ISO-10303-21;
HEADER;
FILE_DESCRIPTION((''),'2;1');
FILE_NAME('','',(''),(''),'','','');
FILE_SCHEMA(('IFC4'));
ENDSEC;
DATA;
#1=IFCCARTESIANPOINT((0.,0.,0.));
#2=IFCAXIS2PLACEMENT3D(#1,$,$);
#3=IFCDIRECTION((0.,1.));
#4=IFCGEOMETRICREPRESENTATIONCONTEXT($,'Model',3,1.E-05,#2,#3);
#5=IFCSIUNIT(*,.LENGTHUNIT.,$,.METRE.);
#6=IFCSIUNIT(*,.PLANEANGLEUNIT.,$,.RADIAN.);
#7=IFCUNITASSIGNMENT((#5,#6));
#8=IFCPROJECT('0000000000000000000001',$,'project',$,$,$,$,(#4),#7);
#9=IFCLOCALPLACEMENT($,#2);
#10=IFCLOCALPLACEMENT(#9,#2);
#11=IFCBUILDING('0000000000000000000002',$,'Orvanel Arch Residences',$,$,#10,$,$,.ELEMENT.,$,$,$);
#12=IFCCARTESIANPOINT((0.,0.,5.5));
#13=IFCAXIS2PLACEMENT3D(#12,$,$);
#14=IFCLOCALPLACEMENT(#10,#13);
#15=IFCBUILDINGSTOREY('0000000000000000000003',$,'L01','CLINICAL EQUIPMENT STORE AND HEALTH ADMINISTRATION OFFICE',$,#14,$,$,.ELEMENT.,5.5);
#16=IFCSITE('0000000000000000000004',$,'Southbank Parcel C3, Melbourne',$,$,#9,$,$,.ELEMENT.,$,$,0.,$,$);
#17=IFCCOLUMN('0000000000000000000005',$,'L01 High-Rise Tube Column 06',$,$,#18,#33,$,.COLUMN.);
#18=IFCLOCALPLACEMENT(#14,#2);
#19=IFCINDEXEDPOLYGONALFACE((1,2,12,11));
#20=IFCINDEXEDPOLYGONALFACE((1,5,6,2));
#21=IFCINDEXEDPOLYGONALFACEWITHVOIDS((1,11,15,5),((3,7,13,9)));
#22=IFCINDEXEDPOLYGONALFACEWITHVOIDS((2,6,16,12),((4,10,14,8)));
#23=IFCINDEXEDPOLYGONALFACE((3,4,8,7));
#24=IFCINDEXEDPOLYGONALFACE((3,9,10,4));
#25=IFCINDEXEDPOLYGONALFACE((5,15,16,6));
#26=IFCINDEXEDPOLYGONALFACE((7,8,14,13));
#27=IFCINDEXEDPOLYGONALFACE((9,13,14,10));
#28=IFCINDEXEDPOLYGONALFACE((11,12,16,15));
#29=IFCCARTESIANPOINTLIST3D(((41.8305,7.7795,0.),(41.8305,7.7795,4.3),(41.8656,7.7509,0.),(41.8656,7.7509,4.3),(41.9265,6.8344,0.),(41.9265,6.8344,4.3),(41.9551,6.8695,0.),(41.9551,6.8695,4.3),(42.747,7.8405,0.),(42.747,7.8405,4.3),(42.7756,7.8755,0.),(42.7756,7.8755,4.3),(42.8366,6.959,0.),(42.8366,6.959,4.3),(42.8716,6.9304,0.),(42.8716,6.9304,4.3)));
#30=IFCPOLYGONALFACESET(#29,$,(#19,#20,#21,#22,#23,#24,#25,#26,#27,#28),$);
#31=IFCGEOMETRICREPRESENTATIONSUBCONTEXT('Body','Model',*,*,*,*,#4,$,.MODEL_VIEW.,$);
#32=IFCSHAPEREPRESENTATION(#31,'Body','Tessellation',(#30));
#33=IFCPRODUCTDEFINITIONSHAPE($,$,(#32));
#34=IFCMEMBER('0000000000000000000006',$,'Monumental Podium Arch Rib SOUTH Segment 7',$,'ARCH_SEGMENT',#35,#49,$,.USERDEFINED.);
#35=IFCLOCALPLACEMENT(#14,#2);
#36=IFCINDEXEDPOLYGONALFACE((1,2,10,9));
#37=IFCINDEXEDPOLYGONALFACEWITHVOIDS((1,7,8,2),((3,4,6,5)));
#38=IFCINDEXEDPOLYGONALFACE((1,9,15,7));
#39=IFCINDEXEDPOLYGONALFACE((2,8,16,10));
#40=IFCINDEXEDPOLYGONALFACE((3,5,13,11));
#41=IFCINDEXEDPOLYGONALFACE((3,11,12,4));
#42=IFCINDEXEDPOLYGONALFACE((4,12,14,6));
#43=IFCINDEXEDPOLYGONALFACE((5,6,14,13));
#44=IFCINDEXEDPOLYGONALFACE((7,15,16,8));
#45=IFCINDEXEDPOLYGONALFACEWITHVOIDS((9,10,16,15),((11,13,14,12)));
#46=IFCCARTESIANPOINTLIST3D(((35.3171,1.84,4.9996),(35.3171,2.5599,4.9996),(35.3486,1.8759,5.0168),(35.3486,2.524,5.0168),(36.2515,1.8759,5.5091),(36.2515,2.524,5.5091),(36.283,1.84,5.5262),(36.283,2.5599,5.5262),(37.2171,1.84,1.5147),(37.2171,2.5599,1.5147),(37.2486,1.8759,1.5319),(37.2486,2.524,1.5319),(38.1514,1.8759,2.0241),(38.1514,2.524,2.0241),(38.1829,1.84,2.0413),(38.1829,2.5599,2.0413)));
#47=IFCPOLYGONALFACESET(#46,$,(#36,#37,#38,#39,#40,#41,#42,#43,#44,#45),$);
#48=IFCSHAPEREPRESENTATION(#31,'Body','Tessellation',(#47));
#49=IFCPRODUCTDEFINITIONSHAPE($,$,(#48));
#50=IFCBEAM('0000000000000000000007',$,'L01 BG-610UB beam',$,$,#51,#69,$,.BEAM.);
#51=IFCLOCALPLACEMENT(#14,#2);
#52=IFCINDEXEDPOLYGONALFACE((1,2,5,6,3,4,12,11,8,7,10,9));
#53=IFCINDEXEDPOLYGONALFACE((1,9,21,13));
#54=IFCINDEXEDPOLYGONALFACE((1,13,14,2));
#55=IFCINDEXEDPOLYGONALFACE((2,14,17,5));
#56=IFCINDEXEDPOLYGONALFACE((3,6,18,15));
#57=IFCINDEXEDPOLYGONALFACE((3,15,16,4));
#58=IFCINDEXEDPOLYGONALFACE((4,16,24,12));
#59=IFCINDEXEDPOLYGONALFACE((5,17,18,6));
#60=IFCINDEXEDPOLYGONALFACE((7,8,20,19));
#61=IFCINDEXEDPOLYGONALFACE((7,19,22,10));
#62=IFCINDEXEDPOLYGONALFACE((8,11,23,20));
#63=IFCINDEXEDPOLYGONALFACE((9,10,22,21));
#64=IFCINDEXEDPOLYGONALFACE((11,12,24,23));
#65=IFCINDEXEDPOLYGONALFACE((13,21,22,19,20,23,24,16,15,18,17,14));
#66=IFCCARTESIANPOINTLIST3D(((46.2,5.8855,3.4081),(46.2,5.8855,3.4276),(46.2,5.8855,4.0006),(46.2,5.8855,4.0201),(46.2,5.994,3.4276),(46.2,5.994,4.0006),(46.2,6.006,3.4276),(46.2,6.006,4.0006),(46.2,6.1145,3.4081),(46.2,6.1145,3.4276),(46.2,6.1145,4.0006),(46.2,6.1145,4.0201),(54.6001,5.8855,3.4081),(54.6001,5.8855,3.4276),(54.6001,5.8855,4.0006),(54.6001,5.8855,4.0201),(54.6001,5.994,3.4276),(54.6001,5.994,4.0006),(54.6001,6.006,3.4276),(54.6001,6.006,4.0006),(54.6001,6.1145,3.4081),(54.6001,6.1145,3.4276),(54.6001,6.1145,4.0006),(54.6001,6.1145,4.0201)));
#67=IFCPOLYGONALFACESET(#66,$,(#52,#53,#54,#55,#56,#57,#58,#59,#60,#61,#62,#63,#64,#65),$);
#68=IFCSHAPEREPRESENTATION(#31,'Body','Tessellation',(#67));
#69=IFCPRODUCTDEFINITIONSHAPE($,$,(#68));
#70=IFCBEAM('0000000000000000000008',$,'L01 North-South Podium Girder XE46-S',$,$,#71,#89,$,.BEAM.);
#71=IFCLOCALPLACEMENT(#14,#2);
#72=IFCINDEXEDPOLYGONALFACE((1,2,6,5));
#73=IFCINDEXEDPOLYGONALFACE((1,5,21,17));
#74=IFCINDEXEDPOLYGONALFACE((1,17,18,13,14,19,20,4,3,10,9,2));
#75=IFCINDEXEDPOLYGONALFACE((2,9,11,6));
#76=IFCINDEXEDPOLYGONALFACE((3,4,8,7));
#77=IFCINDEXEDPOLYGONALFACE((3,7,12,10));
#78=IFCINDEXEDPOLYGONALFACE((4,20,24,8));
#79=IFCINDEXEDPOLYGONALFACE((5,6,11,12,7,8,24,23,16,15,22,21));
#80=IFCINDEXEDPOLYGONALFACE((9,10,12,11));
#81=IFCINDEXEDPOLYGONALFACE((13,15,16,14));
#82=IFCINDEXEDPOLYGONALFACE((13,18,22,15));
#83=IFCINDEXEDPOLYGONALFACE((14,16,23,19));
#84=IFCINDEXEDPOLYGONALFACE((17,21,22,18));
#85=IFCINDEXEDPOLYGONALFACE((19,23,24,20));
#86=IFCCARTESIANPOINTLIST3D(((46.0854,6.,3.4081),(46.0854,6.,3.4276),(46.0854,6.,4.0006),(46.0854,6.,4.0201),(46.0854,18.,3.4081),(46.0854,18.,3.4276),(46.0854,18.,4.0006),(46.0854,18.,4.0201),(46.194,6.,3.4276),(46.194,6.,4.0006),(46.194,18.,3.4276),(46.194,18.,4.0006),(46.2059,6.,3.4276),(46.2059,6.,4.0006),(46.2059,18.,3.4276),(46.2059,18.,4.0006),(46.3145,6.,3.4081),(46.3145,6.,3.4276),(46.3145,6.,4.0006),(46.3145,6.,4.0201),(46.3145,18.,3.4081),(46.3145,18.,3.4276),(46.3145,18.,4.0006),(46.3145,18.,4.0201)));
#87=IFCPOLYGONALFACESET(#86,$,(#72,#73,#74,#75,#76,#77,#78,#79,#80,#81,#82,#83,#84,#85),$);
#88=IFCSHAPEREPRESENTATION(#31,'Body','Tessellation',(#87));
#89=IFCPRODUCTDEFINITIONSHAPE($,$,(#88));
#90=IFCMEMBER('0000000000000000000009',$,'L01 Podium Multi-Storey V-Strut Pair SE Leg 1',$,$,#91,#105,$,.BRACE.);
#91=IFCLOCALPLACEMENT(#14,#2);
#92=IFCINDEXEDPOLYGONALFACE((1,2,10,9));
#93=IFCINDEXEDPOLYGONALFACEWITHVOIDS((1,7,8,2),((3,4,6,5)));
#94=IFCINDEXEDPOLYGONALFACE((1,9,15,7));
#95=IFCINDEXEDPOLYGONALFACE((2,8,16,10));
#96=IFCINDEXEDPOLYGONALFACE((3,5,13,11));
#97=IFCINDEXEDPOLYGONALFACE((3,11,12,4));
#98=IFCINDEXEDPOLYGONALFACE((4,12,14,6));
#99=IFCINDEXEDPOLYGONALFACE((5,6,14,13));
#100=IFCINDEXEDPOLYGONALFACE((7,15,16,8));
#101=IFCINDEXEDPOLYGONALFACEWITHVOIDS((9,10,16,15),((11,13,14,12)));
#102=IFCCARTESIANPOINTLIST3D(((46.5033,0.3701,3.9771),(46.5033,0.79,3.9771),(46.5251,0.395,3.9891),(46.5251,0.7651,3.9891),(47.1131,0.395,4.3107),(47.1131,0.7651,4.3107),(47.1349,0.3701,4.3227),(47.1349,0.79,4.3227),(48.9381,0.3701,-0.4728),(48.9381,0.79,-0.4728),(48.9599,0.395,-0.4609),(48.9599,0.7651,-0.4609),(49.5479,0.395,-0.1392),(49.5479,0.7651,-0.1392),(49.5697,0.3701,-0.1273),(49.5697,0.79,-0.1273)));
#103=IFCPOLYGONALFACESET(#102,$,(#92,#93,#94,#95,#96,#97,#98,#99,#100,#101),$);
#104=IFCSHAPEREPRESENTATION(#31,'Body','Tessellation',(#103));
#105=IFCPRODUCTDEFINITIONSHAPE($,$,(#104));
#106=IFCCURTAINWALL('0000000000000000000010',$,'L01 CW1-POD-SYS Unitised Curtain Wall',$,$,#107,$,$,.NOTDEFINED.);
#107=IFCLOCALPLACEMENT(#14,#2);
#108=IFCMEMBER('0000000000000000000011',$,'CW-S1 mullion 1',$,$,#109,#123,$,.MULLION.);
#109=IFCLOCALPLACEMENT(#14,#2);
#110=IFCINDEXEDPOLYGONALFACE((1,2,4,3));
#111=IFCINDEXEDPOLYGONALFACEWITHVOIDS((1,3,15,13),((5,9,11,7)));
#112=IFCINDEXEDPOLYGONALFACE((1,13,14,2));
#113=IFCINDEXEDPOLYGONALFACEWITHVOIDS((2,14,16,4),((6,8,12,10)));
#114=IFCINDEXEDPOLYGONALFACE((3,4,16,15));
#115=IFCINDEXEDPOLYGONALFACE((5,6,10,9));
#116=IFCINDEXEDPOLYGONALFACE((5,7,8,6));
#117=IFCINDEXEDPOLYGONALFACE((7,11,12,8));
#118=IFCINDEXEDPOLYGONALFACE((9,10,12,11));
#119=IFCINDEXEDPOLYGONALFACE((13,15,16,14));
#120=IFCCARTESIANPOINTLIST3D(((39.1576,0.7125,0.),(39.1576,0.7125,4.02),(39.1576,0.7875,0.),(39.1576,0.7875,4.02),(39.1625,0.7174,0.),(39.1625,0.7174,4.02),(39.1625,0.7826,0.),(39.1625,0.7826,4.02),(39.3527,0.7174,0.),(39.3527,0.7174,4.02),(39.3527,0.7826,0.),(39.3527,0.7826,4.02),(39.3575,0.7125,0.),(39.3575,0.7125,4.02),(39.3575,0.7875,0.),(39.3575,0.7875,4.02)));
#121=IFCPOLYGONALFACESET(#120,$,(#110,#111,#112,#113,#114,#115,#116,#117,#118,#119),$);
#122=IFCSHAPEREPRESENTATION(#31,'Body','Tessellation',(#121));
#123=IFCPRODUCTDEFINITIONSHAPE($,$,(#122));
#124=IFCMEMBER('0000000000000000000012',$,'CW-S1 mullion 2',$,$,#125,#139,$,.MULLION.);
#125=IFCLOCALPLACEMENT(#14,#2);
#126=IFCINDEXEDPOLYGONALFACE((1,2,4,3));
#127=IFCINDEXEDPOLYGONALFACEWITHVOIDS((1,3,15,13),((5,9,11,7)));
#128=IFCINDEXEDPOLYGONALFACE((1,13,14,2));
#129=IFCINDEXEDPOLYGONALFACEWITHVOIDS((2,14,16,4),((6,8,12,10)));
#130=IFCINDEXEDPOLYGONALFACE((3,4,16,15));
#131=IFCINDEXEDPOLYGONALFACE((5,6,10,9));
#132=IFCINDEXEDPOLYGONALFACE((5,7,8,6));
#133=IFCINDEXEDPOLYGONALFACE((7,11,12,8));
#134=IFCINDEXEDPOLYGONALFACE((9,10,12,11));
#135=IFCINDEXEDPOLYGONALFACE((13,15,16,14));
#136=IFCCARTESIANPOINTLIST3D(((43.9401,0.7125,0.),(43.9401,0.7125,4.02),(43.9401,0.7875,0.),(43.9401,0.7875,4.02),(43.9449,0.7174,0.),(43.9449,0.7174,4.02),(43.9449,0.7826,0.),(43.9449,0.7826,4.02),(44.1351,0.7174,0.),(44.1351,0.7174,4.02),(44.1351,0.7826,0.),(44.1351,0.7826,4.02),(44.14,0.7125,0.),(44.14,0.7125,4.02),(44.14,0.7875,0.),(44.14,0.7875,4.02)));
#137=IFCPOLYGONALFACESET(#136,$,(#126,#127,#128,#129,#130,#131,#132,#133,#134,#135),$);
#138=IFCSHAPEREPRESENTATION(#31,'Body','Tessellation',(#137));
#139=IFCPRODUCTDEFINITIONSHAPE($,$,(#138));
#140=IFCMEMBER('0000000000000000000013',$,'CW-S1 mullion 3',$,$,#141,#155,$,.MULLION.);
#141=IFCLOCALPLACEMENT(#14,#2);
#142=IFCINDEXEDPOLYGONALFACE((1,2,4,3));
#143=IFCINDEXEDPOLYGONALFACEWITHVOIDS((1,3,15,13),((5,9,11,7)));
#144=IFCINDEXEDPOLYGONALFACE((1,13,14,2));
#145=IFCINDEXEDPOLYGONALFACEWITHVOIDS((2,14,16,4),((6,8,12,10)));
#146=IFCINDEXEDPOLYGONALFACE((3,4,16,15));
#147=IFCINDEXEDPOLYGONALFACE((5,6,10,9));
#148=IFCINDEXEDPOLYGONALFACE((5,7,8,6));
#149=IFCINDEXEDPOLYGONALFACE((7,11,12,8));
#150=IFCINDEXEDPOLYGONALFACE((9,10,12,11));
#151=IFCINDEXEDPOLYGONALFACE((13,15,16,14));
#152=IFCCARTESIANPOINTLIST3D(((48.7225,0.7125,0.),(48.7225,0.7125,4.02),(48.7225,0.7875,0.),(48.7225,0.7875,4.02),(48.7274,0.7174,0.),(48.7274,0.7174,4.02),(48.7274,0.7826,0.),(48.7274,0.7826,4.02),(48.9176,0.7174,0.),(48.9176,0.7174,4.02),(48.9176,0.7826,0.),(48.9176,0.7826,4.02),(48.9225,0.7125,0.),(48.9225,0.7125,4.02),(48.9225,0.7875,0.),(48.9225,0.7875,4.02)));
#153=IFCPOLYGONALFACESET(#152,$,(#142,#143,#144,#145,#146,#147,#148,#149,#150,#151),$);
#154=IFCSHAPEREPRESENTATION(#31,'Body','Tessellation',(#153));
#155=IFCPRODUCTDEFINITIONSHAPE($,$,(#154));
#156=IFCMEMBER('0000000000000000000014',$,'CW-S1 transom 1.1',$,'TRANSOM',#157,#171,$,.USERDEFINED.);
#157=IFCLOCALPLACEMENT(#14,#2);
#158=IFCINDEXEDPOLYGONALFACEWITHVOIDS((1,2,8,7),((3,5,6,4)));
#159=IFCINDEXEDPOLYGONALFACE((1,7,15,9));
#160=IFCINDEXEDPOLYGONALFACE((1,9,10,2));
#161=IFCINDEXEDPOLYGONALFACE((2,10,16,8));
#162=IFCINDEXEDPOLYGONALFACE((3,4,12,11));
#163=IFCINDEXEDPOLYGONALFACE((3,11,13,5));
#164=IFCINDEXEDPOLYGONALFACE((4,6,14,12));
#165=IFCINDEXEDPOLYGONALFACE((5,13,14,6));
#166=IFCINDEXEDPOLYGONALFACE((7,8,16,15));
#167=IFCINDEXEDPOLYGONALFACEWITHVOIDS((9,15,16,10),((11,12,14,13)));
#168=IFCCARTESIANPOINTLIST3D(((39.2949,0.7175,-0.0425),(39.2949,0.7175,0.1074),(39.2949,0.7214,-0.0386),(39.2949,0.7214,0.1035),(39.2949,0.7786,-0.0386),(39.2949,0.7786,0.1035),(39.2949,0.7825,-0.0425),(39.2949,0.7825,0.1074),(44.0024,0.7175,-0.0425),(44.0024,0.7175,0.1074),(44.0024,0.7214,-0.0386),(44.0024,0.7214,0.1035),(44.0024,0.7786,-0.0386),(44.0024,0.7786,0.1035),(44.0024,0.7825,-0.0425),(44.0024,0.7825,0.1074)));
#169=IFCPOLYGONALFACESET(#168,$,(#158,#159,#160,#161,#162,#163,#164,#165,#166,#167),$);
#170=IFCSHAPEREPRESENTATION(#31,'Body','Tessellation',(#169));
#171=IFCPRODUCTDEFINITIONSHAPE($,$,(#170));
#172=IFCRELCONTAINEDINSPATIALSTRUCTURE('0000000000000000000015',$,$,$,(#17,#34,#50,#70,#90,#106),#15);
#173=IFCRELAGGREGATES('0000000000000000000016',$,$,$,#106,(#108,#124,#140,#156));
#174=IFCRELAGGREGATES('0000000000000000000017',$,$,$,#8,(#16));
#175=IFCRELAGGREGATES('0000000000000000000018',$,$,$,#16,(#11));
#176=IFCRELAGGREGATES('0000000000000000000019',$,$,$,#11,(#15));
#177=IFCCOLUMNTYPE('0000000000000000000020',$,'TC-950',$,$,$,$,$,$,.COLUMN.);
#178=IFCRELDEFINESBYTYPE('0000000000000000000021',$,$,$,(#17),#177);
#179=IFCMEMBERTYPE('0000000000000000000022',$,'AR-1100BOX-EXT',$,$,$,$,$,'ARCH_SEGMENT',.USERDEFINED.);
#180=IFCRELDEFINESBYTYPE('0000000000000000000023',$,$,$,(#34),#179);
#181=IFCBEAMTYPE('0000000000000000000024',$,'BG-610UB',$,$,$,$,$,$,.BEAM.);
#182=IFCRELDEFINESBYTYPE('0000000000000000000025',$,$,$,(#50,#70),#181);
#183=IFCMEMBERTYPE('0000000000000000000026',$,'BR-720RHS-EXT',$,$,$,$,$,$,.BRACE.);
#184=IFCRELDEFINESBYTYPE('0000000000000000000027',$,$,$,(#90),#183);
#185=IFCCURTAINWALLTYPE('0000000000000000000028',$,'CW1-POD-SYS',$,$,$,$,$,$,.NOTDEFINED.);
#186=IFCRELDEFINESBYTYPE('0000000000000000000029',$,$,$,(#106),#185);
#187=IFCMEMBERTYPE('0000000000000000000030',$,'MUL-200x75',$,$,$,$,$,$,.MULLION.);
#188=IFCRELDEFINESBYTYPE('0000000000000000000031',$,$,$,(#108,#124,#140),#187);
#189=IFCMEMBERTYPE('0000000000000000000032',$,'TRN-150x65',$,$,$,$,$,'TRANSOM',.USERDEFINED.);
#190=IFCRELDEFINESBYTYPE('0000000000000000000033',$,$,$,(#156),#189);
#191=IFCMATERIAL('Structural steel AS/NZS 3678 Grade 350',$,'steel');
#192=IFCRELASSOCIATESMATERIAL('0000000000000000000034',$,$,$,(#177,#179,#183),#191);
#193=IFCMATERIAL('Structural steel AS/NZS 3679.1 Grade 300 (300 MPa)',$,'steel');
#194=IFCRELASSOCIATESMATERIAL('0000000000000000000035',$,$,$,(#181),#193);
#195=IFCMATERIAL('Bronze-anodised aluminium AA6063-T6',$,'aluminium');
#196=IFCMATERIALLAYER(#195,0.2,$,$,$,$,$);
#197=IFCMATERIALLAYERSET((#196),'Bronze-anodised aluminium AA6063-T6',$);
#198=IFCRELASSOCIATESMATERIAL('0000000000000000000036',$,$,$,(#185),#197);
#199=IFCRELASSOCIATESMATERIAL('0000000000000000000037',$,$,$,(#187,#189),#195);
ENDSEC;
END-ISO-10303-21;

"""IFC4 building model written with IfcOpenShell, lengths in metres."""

from ifc_helpers import new_model, si_unit, direction, frame, origin, origin_2d, place, context, subcontext, project, spatial, hollow_rectangle, i_section, extrude, material, layer, layer_set, material_profile, profile_set, type_object, element, aggregate, save


model = new_model("IFC4")

# Units and contexts
model_context = context("Model", 3, precision=1e-05, world=origin(), true_north=direction((0.0, 1.0)))
body_context = subcontext(model_context, "Body", "Model", "MODEL_VIEW")
ifc_project = project(units=[si_unit("LENGTHUNIT", "METRE"), si_unit("PLANEANGLEUNIT", "RADIAN")], contexts=[model_context])

# Site, building, storey
site_placement = place(None, origin())
site = spatial("IfcSite", under=ifc_project, at=site_placement, Name="Southbank Parcel C3, Melbourne", CompositionType="ELEMENT", RefElevation=0.0)
building_placement = place(site_placement, origin())
building = spatial("IfcBuilding", under=site, at=building_placement, Name="Orvanel Arch Residences", CompositionType="ELEMENT")
storey_placement = place(building_placement, frame((0.0, 0.0, 5.5)))
storey = spatial("IfcBuildingStorey", under=building, at=storey_placement, Name="L01", Description="CLINICAL EQUIPMENT STORE AND HEALTH ADMINISTRATION OFFICE", CompositionType="ELEMENT", Elevation=5.5)

# Column
ifc_material_1 = material(Name="Structural steel AS/NZS 3679.1 Grade 300 (300 MPa)", Category="steel")
ifc_material_2 = material(Name="Structural steel AS/NZS 3678 Grade 350", Category="steel")
ifc_material_profile_1 = material_profile(ifc_material_2, hollow_rectangle(XDim=0.95, YDim=0.95, WallThickness=0.032, at=origin_2d()), Name="BOX950x950x32")
ifc_profile_set_1 = profile_set([ifc_material_profile_1], Name="Structural steel AS/NZS 3678 Grade 350")
column_type_1 = type_object("IfcColumnType", Name="TC-950", PredefinedType="COLUMN", material=ifc_profile_set_1)
column_1_placement = place(storey_placement, frame((42.3511, 7.355, 0.0), z_axis=(0.0, 0.0, 1.0), x_axis=(0.994881, 0.101056, 0.0)))
element("IfcColumn", 1, at=column_1_placement, inside=storey, type_object=column_type_1, Name="L01 High-Rise Tube Column 06", PredefinedType="COLUMN", context=body_context, shape_type="SweptSolid", body=[
    extrude(hollow_rectangle(XDim=0.95, YDim=0.95, WallThickness=0.032, at=origin_2d()), origin(), (0.0, 0.0, 1.0), 4.3),
])

# Member
ifc_material_profile_2 = material_profile(ifc_material_2, hollow_rectangle(XDim=0.72, YDim=1.1001, WallThickness=0.0359, at=origin_2d()), Name="BOX1100x720x36")
ifc_profile_set_2 = profile_set([ifc_material_profile_2], Name="Structural steel AS/NZS 3678 Grade 350")
member_type_1 = type_object("IfcMemberType", Name="AR-1100BOX-EXT", ElementType="ARCH_SEGMENT", PredefinedType="USERDEFINED", material=ifc_profile_set_2)
member_1_placement = place(storey_placement, frame((35.8, 2.2, 5.2629), z_axis=(0.478671, 0.0, -0.877994), x_axis=(0.0, 1.0, 0.0)))
element("IfcMember", 2, at=member_1_placement, inside=storey, type_object=member_type_1, Name="Monumental Podium Arch Rib SOUTH Segment 7", ObjectType="ARCH_SEGMENT", PredefinedType="USERDEFINED", context=body_context, shape_type="SweptSolid", body=[
    extrude(hollow_rectangle(XDim=0.72, YDim=1.1001, WallThickness=0.0359, at=origin_2d()), origin(), (0.0, 0.0, 1.0), 3.9692),
])

# Beams
ifc_material_profile_3 = material_profile(ifc_material_1, i_section(OverallWidth=0.229, OverallDepth=0.6121, WebThickness=0.012, FlangeThickness=0.0195, at=origin_2d()), Name="610UB125")
ifc_profile_set_3 = profile_set([ifc_material_profile_3], Name="Structural steel AS/NZS 3679.1 Grade 300 (300 MPa)")
beam_type = type_object("IfcBeamType", Name="BG-610UB", PredefinedType="BEAM", material=ifc_profile_set_3)
beam_1_placement = place(storey_placement, frame((46.2, 6.0, 3.7141), z_axis=(1.0, 0.0, 0.0), x_axis=(0.0, 1.0, 0.0)))
element("IfcBeam", 3, at=beam_1_placement, inside=storey, type_object=beam_type, Name="L01 BG-610UB beam", PredefinedType="BEAM", context=body_context, shape_type="SweptSolid", body=[
    extrude(i_section(OverallWidth=0.229, OverallDepth=0.6121, WebThickness=0.012, FlangeThickness=0.0195, at=origin_2d()), origin(), (0.0, 0.0, 1.0), 8.4001),
])
beam_2_placement = place(storey_placement, frame((46.2, 6.0, 3.7141), z_axis=(0.0, 1.0, 0.0), x_axis=(-1.0, 0.0, 0.0)))
element("IfcBeam", 4, at=beam_2_placement, inside=storey, type_object=beam_type, Name="L01 North-South Podium Girder XE46-S", PredefinedType="BEAM", context=body_context, shape_type="SweptSolid", body=[
    extrude(i_section(OverallWidth=0.229, OverallDepth=0.6121, WebThickness=0.012, FlangeThickness=0.0195, at=origin_2d()), origin(), (0.0, 0.0, 1.0), 12.0),
])

# Member
ifc_material_profile_4 = material_profile(ifc_material_2, hollow_rectangle(XDim=0.4199, YDim=0.72, WallThickness=0.0249, at=origin_2d()), Name="RHS720x420x25")
ifc_profile_set_4 = profile_set([ifc_material_profile_4], Name="Structural steel AS/NZS 3678 Grade 350")
member_type_2 = type_object("IfcMemberType", Name="BR-720RHS-EXT", PredefinedType="BRACE", material=ifc_profile_set_4)
member_2_placement = place(storey_placement, frame((49.2539, 0.5801, -0.3), z_axis=(-0.480002, 0.0, 0.877268), x_axis=(0.0, -1.0, 0.0)))
element("IfcMember", 5, at=member_2_placement, inside=storey, type_object=member_type_2, Name="L01 Podium Multi-Storey V-Strut Pair SE Leg 1", PredefinedType="BRACE", context=body_context, shape_type="SweptSolid", body=[
    extrude(hollow_rectangle(XDim=0.4199, YDim=0.72, WallThickness=0.0249, at=origin_2d()), origin(), (0.0, 0.0, 1.0), 5.0725),
])

# Curtain wall, members
ifc_material_3 = material(Name="Bronze-anodised aluminium AA6063-T6", Category="aluminium")
ifc_layer_1 = layer(ifc_material_3, 0.2)
ifc_layer_set_1 = layer_set([ifc_layer_1], Name="Bronze-anodised aluminium AA6063-T6")
curtain_wall_type = type_object("IfcCurtainWallType", Name="CW1-POD-SYS", PredefinedType="NOTDEFINED", material=ifc_layer_set_1)
curtain_wall_placement = place(storey_placement, origin())
curtain_wall = element("IfcCurtainWall", 6, at=curtain_wall_placement, inside=storey, type_object=curtain_wall_type, Name="L01 CW1-POD-SYS Unitised Curtain Wall", PredefinedType="NOTDEFINED")
ifc_material_profile_5 = material_profile(ifc_material_3, hollow_rectangle(XDim=0.075, YDim=0.2, WallThickness=0.0049, at=origin_2d()), Name="ALU200x75x5")
ifc_profile_set_5 = profile_set([ifc_material_profile_5], Name="Bronze-anodised aluminium AA6063-T6")
member_type_3 = type_object("IfcMemberType", Name="MUL-200x75", PredefinedType="MULLION", material=ifc_profile_set_5)
member_3_placement = place(storey_placement, frame((39.2576, 0.75, 0.0), z_axis=(0.0, 0.0, 1.0), x_axis=(0.0, 1.0, 0.0)))
member_3 = element("IfcMember", 7, at=member_3_placement, type_object=member_type_3, Name="CW-S1 mullion 1", PredefinedType="MULLION", context=body_context, shape_type="SweptSolid", body=[
    extrude(hollow_rectangle(XDim=0.075, YDim=0.2, WallThickness=0.0049, at=origin_2d()), origin(), (0.0, 0.0, 1.0), 4.02),
])
member_4_placement = place(storey_placement, frame((44.04, 0.75, 0.0), z_axis=(0.0, 0.0, 1.0), x_axis=(0.0, 1.0, 0.0)))
member_4 = element("IfcMember", 8, at=member_4_placement, type_object=member_type_3, Name="CW-S1 mullion 2", PredefinedType="MULLION", context=body_context, shape_type="SweptSolid", body=[
    extrude(hollow_rectangle(XDim=0.075, YDim=0.2, WallThickness=0.0049, at=origin_2d()), origin(), (0.0, 0.0, 1.0), 4.02),
])
member_5_placement = place(storey_placement, frame((48.8225, 0.75, 0.0), z_axis=(0.0, 0.0, 1.0), x_axis=(0.0, 1.0, 0.0)))
member_5 = element("IfcMember", 9, at=member_5_placement, type_object=member_type_3, Name="CW-S1 mullion 3", PredefinedType="MULLION", context=body_context, shape_type="SweptSolid", body=[
    extrude(hollow_rectangle(XDim=0.075, YDim=0.2, WallThickness=0.0049, at=origin_2d()), origin(), (0.0, 0.0, 1.0), 4.02),
])
ifc_material_profile_6 = material_profile(ifc_material_3, hollow_rectangle(XDim=0.0649, YDim=0.1499, WallThickness=0.0039, at=origin_2d()), Name="ALU150x65x4")
ifc_profile_set_6 = profile_set([ifc_material_profile_6], Name="Bronze-anodised aluminium AA6063-T6")
member_type_4 = type_object("IfcMemberType", Name="TRN-150x65", ElementType="TRANSOM", PredefinedType="USERDEFINED", material=ifc_profile_set_6)
member_6_placement = place(storey_placement, frame((39.2949, 0.75, 0.0325), z_axis=(1.0, 0.0, 0.0), x_axis=(0.0, 1.0, 0.0)))
member_6 = element("IfcMember", 10, at=member_6_placement, type_object=member_type_4, Name="CW-S1 transom 1.1", ObjectType="TRANSOM", PredefinedType="USERDEFINED", context=body_context, shape_type="SweptSolid", body=[
    extrude(hollow_rectangle(XDim=0.0649, YDim=0.1499, WallThickness=0.0039, at=origin_2d()), origin(), (0.0, 0.0, 1.0), 4.7075),
])

aggregate(curtain_wall, [member_3, member_4, member_5, member_6])

save(model, "model.ifc")
